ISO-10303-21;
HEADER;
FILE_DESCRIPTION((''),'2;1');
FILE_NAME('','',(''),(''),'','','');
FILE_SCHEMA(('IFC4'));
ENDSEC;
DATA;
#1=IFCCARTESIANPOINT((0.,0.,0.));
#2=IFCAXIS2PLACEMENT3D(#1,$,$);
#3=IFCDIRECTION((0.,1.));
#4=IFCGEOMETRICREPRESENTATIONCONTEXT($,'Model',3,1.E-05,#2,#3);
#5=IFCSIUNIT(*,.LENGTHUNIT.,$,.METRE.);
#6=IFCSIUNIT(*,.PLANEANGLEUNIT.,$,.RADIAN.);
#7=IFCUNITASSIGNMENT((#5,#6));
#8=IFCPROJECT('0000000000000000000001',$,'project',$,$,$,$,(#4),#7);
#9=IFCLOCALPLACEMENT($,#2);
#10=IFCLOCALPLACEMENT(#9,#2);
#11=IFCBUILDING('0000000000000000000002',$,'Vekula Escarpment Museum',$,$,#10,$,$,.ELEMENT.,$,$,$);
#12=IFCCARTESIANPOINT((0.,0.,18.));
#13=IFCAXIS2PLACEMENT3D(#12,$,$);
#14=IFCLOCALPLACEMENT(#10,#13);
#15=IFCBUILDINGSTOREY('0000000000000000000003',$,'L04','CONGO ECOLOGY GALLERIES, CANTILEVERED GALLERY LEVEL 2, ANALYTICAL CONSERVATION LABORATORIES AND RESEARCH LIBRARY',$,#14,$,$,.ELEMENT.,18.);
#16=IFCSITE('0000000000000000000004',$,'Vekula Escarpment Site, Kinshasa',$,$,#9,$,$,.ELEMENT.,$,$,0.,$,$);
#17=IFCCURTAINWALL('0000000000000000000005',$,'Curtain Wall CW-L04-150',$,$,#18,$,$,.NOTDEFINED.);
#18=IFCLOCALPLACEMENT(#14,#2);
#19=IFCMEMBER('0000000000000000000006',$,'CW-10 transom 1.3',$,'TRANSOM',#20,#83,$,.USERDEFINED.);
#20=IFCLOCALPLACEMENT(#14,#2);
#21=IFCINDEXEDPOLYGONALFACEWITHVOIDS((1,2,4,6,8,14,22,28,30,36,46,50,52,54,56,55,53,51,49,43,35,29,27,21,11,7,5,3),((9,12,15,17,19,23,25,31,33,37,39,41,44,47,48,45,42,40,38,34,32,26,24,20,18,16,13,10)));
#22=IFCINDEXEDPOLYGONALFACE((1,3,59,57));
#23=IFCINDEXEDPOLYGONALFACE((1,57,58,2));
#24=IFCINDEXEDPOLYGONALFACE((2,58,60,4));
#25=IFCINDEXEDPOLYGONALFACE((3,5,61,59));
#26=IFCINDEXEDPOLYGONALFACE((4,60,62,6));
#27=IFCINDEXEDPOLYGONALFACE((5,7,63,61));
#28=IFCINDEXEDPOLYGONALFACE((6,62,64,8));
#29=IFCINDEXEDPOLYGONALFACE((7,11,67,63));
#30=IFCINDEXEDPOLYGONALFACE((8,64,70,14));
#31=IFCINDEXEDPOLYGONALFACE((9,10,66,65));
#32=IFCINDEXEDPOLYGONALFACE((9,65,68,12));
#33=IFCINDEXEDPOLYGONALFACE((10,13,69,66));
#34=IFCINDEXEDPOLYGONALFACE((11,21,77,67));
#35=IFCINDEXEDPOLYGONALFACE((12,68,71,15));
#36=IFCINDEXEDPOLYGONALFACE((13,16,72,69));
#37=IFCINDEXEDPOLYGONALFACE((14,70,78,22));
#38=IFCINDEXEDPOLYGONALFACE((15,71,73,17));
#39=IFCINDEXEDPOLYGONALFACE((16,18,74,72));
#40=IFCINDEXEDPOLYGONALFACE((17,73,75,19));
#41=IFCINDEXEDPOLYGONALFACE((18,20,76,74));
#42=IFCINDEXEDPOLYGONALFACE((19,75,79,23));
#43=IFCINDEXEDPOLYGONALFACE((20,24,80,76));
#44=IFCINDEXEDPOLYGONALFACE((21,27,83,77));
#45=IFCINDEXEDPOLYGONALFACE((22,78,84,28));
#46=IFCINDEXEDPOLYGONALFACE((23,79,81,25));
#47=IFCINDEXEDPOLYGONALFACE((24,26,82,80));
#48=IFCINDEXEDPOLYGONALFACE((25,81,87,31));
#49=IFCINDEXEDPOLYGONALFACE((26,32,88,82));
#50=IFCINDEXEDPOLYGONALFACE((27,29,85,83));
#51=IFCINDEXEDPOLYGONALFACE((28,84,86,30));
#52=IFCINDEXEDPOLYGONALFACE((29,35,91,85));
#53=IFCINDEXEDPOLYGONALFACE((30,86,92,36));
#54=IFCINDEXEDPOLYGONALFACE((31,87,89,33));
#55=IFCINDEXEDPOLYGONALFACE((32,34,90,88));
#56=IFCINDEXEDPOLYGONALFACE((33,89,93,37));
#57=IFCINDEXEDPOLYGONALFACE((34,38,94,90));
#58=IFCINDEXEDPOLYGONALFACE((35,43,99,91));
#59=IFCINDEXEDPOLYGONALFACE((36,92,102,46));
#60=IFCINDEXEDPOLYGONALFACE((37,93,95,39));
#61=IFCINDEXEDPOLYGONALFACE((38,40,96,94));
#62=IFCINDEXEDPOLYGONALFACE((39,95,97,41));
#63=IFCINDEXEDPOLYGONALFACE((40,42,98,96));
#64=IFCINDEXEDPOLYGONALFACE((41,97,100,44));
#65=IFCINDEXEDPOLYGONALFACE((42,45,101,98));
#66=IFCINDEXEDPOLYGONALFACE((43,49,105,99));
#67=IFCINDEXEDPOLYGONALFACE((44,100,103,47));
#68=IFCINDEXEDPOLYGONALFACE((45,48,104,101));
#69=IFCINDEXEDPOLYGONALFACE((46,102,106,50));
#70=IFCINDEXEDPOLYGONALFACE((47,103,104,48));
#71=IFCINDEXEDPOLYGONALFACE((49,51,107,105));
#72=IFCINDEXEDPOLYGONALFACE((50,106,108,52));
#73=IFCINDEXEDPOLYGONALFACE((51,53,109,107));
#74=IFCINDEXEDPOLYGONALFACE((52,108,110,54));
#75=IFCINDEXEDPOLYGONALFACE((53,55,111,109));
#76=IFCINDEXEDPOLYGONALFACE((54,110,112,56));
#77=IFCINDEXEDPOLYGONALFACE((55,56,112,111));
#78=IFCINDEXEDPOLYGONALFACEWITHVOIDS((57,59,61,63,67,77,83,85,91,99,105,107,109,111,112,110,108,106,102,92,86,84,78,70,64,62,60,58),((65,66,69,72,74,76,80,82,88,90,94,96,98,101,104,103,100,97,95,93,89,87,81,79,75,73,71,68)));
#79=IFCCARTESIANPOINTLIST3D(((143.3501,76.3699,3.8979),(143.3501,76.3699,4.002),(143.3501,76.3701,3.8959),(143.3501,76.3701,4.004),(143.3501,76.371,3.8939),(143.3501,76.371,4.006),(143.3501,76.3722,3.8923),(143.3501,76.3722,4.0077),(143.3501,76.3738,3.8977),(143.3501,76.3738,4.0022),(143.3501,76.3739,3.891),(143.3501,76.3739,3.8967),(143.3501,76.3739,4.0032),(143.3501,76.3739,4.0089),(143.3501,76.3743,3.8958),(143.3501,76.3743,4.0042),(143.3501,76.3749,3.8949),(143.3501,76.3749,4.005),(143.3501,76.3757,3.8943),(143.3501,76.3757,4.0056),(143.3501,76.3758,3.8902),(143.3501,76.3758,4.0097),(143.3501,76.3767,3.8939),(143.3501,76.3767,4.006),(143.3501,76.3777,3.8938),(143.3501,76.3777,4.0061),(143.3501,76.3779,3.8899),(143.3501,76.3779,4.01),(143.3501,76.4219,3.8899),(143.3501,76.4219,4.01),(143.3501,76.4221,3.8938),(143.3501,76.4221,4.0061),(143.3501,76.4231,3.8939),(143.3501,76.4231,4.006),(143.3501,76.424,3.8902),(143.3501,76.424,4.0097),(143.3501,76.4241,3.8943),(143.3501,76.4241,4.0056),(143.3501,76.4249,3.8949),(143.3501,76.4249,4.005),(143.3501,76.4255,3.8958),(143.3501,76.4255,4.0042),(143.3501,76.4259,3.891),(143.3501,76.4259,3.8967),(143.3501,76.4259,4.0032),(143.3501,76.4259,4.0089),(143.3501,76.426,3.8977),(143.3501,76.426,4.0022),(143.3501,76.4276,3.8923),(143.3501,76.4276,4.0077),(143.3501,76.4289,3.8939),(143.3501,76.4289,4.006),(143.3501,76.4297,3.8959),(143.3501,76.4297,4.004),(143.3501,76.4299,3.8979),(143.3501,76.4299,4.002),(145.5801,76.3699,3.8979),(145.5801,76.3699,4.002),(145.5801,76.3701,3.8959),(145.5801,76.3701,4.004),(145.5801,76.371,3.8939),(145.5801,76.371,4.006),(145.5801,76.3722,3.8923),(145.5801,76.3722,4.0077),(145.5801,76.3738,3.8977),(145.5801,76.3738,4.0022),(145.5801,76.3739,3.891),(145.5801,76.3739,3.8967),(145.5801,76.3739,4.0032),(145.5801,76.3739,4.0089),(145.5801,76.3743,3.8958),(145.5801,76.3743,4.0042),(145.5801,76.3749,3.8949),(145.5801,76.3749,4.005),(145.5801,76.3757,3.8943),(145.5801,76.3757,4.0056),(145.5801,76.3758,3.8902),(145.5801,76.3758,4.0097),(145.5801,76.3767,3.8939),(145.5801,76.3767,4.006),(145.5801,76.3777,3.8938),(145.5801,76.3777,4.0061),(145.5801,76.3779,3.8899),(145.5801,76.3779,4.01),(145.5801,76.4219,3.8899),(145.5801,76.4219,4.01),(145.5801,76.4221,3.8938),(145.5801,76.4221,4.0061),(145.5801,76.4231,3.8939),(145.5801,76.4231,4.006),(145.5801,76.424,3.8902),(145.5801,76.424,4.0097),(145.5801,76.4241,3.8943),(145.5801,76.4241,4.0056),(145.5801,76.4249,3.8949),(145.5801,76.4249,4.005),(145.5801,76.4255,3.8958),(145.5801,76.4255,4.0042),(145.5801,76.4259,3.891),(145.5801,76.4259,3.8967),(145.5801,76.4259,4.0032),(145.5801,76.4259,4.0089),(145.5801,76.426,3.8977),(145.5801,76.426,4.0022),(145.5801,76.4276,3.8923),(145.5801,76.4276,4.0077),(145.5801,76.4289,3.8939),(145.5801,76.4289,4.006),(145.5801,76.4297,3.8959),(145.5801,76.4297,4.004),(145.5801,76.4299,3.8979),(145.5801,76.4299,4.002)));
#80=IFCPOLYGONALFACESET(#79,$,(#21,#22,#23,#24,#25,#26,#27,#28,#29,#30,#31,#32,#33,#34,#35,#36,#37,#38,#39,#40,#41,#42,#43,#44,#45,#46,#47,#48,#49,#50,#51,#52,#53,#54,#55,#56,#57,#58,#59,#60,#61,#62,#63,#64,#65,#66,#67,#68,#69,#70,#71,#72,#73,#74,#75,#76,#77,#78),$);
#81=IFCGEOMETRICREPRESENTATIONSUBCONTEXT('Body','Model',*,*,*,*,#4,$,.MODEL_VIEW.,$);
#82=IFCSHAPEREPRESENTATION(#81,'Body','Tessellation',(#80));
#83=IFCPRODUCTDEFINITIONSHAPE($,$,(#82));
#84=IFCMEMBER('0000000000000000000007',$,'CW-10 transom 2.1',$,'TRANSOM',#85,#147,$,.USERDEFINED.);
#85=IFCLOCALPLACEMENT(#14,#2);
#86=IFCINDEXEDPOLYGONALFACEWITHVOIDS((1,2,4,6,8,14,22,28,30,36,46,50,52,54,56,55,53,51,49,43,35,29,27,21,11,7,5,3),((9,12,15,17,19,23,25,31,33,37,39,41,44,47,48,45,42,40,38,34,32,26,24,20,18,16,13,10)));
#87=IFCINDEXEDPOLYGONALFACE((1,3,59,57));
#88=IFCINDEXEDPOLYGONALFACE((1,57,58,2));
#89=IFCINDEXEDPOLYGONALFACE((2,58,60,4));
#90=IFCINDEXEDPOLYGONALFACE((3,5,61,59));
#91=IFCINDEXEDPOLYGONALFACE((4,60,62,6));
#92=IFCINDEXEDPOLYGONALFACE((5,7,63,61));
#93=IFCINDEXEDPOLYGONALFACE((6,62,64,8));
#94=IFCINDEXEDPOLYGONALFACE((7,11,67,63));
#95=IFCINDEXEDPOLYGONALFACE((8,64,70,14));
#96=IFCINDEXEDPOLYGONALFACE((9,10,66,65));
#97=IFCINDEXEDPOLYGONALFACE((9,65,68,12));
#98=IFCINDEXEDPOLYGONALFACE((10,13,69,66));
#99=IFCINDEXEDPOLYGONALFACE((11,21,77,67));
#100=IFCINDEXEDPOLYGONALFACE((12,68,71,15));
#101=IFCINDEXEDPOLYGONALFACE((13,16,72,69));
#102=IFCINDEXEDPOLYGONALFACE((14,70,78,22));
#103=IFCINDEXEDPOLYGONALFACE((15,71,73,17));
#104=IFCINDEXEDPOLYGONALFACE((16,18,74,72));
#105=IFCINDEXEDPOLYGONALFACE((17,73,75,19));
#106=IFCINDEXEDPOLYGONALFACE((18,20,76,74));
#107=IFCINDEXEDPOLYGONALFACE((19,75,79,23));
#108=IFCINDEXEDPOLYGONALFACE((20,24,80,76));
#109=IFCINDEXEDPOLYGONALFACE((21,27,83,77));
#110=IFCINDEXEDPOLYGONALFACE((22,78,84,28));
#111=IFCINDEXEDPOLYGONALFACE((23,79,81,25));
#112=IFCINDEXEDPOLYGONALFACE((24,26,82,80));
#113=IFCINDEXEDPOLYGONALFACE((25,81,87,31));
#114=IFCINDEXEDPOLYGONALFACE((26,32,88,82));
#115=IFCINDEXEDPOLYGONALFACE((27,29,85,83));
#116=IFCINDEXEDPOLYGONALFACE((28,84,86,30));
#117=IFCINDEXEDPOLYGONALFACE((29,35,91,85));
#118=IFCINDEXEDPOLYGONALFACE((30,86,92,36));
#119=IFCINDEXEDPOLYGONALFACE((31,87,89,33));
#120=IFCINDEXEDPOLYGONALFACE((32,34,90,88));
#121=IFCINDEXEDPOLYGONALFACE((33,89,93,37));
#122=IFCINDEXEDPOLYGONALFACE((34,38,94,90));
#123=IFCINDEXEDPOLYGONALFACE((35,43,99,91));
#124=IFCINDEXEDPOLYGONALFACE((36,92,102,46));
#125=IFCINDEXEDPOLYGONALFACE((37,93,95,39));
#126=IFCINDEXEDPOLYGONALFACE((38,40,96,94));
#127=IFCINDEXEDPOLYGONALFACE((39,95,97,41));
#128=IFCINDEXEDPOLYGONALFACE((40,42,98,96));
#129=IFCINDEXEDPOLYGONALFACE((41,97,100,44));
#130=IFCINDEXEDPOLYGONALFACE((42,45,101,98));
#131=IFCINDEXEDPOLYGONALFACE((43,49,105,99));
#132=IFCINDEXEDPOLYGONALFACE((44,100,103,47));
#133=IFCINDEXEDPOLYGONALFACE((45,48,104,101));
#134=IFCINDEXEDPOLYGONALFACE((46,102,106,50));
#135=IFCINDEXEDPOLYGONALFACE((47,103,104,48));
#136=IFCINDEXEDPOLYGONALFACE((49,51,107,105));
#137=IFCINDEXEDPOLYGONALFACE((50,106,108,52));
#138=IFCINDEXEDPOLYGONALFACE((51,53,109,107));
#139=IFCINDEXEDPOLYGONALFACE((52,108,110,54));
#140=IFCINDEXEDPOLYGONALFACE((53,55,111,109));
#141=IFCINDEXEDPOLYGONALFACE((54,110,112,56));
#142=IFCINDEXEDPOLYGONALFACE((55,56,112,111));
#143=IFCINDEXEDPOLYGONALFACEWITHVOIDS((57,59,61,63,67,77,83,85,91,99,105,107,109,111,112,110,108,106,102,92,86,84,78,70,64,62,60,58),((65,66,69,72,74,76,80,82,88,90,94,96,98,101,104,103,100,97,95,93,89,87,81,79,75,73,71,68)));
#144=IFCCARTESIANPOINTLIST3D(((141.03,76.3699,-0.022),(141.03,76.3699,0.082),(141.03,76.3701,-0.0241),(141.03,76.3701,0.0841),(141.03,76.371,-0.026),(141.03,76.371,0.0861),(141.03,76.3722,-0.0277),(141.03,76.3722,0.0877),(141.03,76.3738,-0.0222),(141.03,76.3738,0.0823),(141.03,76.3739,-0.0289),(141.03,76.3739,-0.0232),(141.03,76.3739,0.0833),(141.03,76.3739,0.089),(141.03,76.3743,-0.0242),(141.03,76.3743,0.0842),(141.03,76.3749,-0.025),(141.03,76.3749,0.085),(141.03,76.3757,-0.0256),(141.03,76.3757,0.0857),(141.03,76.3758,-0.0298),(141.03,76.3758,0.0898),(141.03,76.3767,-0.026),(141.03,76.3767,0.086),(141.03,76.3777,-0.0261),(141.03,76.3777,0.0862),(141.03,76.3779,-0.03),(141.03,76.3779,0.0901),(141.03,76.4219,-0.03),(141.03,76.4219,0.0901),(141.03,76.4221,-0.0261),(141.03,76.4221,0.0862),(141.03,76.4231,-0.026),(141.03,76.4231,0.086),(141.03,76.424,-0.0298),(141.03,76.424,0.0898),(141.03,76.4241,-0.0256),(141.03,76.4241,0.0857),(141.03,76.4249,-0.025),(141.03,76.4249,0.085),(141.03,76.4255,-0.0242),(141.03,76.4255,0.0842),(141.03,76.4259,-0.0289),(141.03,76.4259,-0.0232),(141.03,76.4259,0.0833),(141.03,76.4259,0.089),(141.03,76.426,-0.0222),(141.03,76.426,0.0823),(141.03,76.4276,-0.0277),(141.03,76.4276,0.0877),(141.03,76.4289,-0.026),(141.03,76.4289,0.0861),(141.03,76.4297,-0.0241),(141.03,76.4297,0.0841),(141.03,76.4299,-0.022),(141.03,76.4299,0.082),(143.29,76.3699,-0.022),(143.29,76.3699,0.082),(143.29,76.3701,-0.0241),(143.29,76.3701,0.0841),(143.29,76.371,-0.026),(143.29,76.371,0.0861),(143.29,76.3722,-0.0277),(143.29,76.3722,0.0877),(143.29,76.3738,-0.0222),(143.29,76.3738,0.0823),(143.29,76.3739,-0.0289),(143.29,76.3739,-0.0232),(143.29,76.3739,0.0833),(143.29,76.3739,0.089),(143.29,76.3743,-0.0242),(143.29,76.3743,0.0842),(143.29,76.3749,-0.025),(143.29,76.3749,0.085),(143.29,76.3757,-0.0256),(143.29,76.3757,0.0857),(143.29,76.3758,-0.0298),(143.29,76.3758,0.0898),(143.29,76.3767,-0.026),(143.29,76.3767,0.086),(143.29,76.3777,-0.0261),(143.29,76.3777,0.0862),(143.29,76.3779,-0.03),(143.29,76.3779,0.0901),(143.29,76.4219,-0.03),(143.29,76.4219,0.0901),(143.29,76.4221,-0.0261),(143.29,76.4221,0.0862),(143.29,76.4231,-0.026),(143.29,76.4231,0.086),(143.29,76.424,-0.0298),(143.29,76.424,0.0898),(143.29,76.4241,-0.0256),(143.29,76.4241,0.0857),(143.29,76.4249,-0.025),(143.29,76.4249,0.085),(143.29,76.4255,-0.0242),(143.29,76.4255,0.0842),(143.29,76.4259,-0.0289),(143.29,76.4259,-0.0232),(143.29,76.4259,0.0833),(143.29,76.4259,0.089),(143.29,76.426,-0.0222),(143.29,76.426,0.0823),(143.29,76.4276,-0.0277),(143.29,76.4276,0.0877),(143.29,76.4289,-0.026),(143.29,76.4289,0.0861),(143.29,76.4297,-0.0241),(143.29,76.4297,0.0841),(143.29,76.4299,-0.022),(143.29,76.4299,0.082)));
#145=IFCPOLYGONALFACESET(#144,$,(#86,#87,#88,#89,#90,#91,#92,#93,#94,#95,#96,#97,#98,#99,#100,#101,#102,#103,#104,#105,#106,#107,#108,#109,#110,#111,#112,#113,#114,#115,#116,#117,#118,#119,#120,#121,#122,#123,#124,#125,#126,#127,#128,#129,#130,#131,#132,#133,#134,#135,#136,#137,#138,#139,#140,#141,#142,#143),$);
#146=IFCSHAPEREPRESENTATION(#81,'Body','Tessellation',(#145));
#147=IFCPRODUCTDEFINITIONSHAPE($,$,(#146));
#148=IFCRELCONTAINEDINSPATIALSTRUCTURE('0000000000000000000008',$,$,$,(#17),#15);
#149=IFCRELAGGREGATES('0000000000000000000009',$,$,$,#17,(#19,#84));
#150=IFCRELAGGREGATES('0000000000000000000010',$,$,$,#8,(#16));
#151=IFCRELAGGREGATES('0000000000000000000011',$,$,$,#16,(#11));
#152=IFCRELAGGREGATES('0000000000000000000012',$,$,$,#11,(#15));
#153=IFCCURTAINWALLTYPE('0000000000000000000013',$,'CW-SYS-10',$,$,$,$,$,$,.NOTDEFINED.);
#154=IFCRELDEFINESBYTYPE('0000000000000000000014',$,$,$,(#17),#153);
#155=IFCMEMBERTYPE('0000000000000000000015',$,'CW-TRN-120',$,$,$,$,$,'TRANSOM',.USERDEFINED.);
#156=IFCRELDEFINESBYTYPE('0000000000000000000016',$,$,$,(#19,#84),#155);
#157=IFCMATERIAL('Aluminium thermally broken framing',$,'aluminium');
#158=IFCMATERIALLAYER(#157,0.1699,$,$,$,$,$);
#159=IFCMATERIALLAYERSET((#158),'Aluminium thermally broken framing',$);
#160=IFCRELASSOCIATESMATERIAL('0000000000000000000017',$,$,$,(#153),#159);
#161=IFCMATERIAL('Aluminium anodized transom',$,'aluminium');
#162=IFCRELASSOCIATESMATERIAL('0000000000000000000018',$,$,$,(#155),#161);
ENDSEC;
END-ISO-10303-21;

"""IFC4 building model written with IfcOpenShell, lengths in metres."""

from ifc_helpers import new_model, si_unit, direction, frame, origin, origin_2d, place, context, subcontext, project, spatial, hollow_rectangle, extrude, material, layer, layer_set, material_profile, profile_set, type_object, element, aggregate, save


model = new_model("IFC4")

# Units and contexts
model_context = context("Model", 3, precision=1e-05, world=origin(), true_north=direction((0.0, 1.0)))
body_context = subcontext(model_context, "Body", "Model", "MODEL_VIEW")
ifc_project = project(units=[si_unit("LENGTHUNIT", "METRE"), si_unit("PLANEANGLEUNIT", "RADIAN")], contexts=[model_context])

# Site, building, storey
site_placement = place(None, origin())
site = spatial("IfcSite", under=ifc_project, at=site_placement, Name="Vekula Escarpment Site, Kinshasa", CompositionType="ELEMENT", RefElevation=0.0)
building_placement = place(site_placement, origin())
building = spatial("IfcBuilding", under=site, at=building_placement, Name="Vekula Escarpment Museum", CompositionType="ELEMENT")
storey_placement = place(building_placement, frame((0.0, 0.0, 18.0)))
storey = spatial("IfcBuildingStorey", under=building, at=storey_placement, Name="L04", Description="CONGO ECOLOGY GALLERIES, CANTILEVERED GALLERY LEVEL 2, ANALYTICAL CONSERVATION LABORATORIES AND RESEARCH LIBRARY", CompositionType="ELEMENT", Elevation=18.0)

# Curtain wall, members
ifc_material_1 = material(Name="Aluminium thermally broken framing", Category="aluminium")
ifc_layer_1 = layer(ifc_material_1, 0.1699)
ifc_layer_set_1 = layer_set([ifc_layer_1], Name="Aluminium thermally broken framing")
curtain_wall_type = type_object("IfcCurtainWallType", Name="CW-SYS-10", PredefinedType="NOTDEFINED", material=ifc_layer_set_1)
curtain_wall_placement = place(storey_placement, origin())
curtain_wall = element("IfcCurtainWall", 1, at=curtain_wall_placement, inside=storey, type_object=curtain_wall_type, Name="Curtain Wall CW-L04-150", PredefinedType="NOTDEFINED")
ifc_material_2 = material(Name="Aluminium anodized transom", Category="aluminium")
ifc_material_profile_1 = material_profile(ifc_material_2, hollow_rectangle(XDim=0.0601, YDim=0.1201, WallThickness=0.0039, InnerFilletRadius=0.0039, OuterFilletRadius=0.0081, at=origin_2d()), Name="ALU 120x60x4")
ifc_profile_set_1 = profile_set([ifc_material_profile_1], Name="Aluminium anodized transom")
member_type_1 = type_object("IfcMemberType", Name="CW-TRN-120", ElementType="TRANSOM", PredefinedType="USERDEFINED", material=ifc_profile_set_1)
member_1_placement = place(storey_placement, frame((145.5801, 76.3999, 3.95), z_axis=(-1.0, 0.0, 0.0), x_axis=(0.0, -1.0, 0.0)))
member_1 = element("IfcMember", 2, at=member_1_placement, type_object=member_type_1, Name="CW-10 transom 1.3", ObjectType="TRANSOM", PredefinedType="USERDEFINED", context=body_context, shape_type="SweptSolid", body=[
    extrude(hollow_rectangle(XDim=0.0601, YDim=0.1201, WallThickness=0.0039, InnerFilletRadius=0.0039, OuterFilletRadius=0.0081, at=origin_2d()), origin(), (0.0, 0.0, 1.0), 2.23),
])
member_2_placement = place(storey_placement, frame((143.29, 76.3999, 0.03), z_axis=(-1.0, 0.0, 0.0), x_axis=(0.0, -1.0, 0.0)))
member_2 = element("IfcMember", 3, at=member_2_placement, type_object=member_type_1, Name="CW-10 transom 2.1", ObjectType="TRANSOM", PredefinedType="USERDEFINED", context=body_context, shape_type="SweptSolid", body=[
    extrude(hollow_rectangle(XDim=0.0601, YDim=0.1201, WallThickness=0.0039, InnerFilletRadius=0.0039, OuterFilletRadius=0.0081, at=origin_2d()), origin(), (0.0, 0.0, 1.0), 2.26),
])
aggregate(curtain_wall, [member_1, member_2])

save(model, "model.ifc")
